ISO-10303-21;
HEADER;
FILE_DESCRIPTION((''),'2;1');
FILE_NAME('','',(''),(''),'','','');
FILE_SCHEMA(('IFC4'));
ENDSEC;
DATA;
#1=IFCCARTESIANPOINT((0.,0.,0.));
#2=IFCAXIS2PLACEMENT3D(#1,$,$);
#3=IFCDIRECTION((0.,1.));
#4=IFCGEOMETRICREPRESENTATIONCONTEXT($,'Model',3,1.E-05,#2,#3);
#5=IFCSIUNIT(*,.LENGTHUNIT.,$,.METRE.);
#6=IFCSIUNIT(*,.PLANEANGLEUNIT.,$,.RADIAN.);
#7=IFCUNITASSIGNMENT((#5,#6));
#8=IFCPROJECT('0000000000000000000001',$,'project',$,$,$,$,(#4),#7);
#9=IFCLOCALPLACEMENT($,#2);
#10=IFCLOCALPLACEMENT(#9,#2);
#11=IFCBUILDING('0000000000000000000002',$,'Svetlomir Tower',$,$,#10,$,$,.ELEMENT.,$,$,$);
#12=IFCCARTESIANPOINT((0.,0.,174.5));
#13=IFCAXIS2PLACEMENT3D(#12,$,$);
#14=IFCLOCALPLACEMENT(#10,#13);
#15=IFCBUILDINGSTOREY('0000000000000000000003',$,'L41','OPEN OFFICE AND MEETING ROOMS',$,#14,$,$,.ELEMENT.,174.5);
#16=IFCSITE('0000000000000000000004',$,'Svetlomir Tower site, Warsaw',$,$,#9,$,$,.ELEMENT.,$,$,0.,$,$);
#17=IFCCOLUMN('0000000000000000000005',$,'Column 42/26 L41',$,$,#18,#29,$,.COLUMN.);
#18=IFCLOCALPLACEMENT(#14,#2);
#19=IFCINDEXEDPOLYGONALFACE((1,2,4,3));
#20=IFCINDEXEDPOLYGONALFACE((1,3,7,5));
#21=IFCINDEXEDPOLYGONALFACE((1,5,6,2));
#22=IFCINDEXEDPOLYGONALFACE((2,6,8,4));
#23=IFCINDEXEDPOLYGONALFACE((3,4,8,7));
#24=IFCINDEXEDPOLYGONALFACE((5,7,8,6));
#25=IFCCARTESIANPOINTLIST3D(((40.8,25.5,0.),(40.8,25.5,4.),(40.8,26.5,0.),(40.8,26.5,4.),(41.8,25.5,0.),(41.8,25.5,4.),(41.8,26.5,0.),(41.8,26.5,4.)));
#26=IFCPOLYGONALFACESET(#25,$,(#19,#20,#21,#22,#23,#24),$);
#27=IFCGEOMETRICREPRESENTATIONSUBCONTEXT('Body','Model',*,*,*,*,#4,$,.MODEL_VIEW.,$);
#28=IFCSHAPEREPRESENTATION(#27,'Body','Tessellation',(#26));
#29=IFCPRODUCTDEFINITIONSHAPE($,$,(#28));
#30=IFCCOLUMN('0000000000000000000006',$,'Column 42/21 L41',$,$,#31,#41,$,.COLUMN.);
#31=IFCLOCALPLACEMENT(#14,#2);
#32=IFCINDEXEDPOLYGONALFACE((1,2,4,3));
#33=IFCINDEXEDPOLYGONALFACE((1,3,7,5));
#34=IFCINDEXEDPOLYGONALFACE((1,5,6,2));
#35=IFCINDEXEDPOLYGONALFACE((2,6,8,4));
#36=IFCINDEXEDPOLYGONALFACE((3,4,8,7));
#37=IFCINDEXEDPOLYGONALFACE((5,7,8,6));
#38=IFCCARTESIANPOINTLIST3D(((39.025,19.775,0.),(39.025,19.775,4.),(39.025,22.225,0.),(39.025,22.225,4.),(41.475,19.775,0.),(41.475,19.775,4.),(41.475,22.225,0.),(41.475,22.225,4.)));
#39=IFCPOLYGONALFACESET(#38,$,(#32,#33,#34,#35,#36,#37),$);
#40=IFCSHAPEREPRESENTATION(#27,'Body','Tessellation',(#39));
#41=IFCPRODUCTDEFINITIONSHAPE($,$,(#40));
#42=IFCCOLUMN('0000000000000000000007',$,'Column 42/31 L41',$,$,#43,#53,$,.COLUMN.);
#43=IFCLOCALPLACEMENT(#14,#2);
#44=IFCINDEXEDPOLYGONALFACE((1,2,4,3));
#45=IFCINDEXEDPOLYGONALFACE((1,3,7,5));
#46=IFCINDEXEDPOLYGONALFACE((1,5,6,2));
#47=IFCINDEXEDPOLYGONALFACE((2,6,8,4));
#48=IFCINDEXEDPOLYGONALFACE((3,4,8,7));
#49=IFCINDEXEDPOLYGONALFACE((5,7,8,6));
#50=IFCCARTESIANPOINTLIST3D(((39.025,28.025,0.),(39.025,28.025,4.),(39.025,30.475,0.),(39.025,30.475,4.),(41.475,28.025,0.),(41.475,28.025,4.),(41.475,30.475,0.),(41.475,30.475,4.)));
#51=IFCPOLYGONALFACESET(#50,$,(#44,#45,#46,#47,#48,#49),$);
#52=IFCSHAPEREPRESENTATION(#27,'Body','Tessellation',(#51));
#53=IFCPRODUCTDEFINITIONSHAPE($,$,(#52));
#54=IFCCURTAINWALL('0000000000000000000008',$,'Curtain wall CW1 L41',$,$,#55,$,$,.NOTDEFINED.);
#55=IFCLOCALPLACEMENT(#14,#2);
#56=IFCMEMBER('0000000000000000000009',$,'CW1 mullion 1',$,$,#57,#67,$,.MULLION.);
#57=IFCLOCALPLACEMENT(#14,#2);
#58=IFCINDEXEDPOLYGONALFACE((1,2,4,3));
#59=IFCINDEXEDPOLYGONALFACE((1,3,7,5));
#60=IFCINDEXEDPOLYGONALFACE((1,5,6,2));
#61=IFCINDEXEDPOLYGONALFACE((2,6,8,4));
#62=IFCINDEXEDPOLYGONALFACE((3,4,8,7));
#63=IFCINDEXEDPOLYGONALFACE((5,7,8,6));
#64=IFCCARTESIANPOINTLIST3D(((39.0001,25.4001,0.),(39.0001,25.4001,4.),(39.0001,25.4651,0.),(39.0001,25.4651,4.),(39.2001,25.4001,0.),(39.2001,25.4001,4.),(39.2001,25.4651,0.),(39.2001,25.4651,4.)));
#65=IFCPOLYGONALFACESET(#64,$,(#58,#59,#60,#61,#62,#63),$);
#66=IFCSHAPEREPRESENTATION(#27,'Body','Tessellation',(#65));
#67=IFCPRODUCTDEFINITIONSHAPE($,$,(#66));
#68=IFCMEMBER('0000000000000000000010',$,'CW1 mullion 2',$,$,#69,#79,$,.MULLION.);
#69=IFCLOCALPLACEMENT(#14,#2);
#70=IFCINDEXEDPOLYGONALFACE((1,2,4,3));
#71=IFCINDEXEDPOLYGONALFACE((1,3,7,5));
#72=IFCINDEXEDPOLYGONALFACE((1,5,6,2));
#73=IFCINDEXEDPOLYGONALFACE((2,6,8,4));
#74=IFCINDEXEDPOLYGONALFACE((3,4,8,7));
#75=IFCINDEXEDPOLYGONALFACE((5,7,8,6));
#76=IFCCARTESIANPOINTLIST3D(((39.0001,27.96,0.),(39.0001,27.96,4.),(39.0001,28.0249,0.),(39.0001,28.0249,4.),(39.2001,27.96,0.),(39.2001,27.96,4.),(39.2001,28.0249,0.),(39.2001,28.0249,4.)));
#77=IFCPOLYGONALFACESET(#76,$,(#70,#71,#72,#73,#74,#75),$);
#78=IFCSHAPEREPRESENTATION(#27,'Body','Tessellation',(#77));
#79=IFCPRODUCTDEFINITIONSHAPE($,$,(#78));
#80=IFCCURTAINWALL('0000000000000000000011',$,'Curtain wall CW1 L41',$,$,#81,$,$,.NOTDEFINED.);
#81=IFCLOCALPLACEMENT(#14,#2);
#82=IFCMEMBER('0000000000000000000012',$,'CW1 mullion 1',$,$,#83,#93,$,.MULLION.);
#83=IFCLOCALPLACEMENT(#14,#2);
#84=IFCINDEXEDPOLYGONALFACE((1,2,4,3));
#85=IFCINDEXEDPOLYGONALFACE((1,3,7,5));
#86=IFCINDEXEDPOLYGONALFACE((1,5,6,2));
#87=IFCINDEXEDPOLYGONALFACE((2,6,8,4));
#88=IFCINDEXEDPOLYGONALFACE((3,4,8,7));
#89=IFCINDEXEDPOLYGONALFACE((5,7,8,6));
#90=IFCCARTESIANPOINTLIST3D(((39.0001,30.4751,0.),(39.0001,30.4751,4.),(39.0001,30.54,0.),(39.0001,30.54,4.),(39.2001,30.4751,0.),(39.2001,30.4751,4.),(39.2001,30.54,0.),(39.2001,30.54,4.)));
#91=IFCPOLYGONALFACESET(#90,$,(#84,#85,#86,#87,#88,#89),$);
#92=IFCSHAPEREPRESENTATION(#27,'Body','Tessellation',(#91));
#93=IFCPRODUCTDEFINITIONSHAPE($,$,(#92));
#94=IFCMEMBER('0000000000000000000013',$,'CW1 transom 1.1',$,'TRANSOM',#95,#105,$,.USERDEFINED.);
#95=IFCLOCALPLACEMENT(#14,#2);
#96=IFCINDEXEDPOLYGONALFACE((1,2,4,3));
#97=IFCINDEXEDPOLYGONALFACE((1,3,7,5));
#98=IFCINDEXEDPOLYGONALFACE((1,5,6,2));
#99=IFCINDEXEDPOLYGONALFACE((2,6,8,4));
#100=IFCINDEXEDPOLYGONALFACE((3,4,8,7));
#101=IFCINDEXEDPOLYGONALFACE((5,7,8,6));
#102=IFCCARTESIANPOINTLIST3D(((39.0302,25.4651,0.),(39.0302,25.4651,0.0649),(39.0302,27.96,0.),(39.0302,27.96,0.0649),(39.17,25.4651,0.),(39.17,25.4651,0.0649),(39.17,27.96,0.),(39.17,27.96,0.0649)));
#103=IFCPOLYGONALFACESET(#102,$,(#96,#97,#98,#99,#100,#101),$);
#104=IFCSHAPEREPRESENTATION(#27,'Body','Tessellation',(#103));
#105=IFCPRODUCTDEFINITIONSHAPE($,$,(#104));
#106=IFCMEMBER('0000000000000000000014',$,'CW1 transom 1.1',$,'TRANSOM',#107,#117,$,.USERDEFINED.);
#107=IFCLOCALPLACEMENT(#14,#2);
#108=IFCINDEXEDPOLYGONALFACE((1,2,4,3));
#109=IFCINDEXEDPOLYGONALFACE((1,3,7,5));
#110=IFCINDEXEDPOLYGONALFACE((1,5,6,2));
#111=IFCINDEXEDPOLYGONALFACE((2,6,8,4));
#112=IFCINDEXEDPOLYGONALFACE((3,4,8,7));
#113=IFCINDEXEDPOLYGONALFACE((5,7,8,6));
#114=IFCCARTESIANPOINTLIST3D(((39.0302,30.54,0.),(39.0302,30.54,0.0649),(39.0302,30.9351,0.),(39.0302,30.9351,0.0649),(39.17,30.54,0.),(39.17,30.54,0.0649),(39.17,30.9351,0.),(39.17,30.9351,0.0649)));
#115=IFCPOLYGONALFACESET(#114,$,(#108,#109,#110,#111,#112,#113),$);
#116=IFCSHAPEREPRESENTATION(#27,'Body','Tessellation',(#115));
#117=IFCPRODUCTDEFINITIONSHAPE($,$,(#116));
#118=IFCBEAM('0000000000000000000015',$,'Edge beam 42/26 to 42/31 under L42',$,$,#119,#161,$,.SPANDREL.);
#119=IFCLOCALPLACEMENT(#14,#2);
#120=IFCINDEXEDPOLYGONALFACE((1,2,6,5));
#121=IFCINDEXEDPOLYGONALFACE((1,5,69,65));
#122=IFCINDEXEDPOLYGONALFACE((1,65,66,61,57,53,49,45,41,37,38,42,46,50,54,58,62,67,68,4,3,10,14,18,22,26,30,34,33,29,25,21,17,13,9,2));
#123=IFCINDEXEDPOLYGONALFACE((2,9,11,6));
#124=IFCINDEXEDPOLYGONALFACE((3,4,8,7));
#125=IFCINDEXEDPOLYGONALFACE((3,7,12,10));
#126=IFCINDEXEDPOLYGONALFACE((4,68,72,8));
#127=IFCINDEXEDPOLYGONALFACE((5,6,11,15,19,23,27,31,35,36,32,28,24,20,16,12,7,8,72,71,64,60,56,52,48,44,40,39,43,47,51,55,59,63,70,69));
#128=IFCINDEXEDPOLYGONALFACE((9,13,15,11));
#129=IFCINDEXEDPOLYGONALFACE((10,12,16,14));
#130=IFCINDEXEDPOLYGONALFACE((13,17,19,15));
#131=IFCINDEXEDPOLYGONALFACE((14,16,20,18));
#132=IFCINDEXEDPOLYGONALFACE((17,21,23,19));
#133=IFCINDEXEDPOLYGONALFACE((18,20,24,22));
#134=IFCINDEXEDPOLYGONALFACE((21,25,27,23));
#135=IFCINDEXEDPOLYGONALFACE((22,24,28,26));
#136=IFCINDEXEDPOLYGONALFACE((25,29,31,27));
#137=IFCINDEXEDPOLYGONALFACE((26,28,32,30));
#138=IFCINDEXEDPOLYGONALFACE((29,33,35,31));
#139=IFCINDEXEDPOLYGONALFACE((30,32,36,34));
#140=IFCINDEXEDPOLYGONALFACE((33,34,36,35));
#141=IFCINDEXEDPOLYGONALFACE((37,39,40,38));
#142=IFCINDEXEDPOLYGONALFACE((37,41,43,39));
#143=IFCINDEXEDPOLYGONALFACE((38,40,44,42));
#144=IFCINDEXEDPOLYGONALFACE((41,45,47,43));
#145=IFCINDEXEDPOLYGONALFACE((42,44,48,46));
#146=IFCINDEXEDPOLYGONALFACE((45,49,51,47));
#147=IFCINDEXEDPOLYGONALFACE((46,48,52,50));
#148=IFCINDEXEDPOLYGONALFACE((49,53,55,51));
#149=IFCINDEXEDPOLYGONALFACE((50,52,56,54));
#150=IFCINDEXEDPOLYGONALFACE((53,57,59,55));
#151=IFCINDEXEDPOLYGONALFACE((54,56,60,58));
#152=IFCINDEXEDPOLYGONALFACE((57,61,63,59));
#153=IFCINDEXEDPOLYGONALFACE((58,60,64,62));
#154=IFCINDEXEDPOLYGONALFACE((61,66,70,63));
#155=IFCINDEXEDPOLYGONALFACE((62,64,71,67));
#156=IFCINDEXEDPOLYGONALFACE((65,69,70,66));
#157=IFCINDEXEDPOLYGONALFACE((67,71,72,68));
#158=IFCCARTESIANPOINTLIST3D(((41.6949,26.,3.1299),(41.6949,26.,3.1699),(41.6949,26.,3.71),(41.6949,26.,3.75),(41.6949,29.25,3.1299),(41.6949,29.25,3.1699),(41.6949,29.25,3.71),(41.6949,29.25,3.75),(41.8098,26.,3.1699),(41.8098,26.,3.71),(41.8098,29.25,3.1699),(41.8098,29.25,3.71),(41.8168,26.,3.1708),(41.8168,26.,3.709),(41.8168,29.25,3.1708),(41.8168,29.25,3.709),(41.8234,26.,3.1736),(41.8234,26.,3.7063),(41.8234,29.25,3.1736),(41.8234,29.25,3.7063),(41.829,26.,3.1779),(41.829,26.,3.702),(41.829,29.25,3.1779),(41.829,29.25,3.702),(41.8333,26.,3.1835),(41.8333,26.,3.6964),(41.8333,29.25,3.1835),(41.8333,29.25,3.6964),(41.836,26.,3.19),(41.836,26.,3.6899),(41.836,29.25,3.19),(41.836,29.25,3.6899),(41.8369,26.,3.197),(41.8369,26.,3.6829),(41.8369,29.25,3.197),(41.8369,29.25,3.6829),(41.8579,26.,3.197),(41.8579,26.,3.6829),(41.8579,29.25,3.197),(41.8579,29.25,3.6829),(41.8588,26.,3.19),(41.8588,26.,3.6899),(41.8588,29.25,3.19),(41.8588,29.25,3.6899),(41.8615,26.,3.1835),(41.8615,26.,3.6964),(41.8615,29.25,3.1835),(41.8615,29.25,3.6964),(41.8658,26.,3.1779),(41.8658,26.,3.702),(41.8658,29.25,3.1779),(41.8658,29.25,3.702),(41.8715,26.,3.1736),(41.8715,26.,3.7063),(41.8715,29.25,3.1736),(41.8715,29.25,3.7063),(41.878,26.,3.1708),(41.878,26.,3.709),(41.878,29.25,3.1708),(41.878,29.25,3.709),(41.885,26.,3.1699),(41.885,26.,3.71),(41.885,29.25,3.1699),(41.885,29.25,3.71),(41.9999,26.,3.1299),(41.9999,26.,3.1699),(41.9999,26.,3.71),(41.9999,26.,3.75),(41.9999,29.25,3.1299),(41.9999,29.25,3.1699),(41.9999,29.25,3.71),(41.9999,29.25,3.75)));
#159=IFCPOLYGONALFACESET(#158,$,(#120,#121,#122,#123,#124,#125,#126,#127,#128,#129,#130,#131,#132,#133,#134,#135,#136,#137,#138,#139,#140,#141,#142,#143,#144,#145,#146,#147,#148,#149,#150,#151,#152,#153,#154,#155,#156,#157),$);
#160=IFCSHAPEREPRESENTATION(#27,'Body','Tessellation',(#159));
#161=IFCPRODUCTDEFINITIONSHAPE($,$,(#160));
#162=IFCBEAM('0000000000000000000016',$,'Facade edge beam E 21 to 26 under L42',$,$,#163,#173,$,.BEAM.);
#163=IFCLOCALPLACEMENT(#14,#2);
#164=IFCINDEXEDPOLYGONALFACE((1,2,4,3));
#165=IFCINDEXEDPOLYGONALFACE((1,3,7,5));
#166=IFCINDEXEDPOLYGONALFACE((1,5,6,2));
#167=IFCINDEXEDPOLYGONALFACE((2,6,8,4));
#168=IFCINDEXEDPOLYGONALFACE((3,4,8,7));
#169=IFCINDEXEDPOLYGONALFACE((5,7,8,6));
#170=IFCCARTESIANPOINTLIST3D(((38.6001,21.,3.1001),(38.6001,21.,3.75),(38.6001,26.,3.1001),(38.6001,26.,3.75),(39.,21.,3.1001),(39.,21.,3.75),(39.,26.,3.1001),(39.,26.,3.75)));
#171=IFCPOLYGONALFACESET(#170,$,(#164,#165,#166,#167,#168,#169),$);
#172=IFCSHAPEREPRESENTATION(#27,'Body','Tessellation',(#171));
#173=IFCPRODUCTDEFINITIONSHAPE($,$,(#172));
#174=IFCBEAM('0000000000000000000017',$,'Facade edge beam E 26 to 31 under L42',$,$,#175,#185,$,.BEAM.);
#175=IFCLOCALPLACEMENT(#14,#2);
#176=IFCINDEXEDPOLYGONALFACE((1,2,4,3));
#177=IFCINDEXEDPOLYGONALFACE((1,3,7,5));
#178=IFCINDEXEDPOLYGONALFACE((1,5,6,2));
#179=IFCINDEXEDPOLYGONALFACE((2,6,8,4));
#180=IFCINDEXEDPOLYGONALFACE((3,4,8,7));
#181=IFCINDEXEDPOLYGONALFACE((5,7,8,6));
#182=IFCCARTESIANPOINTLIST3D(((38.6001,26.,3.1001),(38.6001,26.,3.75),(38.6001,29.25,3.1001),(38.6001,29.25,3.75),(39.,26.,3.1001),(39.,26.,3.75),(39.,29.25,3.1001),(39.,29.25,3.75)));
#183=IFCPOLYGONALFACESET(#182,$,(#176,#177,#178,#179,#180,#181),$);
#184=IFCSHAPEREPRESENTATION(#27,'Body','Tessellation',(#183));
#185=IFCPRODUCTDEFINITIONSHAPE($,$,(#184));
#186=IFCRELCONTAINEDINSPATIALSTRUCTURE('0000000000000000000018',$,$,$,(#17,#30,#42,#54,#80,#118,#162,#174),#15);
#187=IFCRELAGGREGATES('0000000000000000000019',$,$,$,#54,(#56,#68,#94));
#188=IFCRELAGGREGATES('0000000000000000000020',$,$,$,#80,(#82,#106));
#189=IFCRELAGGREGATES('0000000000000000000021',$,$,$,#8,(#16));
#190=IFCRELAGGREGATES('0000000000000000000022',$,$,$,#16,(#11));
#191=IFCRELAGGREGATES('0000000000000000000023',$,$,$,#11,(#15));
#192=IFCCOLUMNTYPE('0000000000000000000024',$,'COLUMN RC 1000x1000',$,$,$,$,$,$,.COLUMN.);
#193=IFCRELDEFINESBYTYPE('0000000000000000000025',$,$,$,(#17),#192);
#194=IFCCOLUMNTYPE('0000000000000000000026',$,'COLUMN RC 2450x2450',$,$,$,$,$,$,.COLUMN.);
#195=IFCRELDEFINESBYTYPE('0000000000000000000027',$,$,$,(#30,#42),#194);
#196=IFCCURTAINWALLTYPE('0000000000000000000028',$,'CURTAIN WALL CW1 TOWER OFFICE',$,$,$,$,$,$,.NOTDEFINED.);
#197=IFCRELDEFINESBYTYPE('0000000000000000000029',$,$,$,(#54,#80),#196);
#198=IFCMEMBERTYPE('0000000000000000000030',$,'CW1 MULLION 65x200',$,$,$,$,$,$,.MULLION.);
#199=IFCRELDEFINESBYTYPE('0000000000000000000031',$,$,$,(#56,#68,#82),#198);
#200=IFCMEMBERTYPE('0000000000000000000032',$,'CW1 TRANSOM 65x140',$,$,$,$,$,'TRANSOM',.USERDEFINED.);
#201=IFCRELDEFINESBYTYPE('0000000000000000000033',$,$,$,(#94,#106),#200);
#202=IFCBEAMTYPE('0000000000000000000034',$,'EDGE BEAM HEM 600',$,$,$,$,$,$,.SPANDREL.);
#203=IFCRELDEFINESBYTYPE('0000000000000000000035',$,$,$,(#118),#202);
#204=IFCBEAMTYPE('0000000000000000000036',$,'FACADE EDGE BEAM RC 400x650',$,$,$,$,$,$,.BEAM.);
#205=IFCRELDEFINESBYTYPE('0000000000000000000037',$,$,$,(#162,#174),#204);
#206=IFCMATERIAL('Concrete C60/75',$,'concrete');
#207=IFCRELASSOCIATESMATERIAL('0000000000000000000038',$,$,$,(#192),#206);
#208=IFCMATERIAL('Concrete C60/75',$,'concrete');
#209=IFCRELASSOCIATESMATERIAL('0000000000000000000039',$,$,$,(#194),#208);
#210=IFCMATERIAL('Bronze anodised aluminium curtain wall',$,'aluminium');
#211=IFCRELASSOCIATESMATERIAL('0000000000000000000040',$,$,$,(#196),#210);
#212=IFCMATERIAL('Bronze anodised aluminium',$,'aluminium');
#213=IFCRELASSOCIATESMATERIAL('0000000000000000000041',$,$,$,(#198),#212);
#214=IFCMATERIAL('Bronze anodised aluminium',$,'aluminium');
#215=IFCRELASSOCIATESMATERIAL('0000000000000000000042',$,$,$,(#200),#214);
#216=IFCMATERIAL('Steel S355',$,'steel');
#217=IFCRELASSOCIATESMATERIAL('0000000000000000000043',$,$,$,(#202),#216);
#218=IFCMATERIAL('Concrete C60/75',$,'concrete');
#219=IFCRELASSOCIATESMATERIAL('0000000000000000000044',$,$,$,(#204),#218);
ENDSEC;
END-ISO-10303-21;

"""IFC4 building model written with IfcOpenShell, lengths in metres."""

from ifc_helpers import new_model, si_unit, direction, frame, origin, origin_2d, place, context, subcontext, project, spatial, rectangle, i_section, extrude, material, material_profile, profile_set, type_object, element, aggregate, save


model = new_model("IFC4")

# Units and contexts
model_context = context("Model", 3, precision=1e-05, world=origin(), true_north=direction((0.0, 1.0)))
body_context = subcontext(model_context, "Body", "Model", "MODEL_VIEW")
ifc_project = project(units=[si_unit("LENGTHUNIT", "METRE"), si_unit("PLANEANGLEUNIT", "RADIAN")], contexts=[model_context])

# Site, building, storey
site_placement = place(None, origin())
site = spatial("IfcSite", under=ifc_project, at=site_placement, Name="Svetlomir Tower site, Warsaw", CompositionType="ELEMENT", RefElevation=0.0)
building_placement = place(site_placement, origin())
building = spatial("IfcBuilding", under=site, at=building_placement, Name="Svetlomir Tower", CompositionType="ELEMENT")
storey_placement = place(building_placement, frame((0.0, 0.0, 174.5)))
storey = spatial("IfcBuildingStorey", under=building, at=storey_placement, Name="L41", Description="OPEN OFFICE AND MEETING ROOMS", CompositionType="ELEMENT", Elevation=174.5)

# Columns
ifc_material_1 = material(Name="Concrete C60/75", Category="concrete")
ifc_material_profile_1 = material_profile(ifc_material_1, rectangle(XDim=1.0, YDim=1.0, at=origin_2d()), Name="RC 1000x1000")
ifc_profile_set_1 = profile_set([ifc_material_profile_1], Name="Concrete C60/75")
column_type_1 = type_object("IfcColumnType", Name="COLUMN RC 1000x1000", PredefinedType="COLUMN", material=ifc_profile_set_1)
column_placement = place(storey_placement, frame((41.3, 26.0, 0.0), z_axis=(0.0, 0.0, 1.0), x_axis=(1.0, 0.0, 0.0)))
element("IfcColumn", 1, at=column_placement, inside=storey, type_object=column_type_1, Name="Column 42/26 L41", PredefinedType="COLUMN", context=body_context, shape_type="SweptSolid", body=[
    extrude(rectangle(XDim=1.0, YDim=1.0, at=origin_2d()), origin(), (0.0, 0.0, 1.0), 4.0),
])
ifc_material_2 = material(Name="Concrete C60/75", Category="concrete")
ifc_material_profile_2 = material_profile(ifc_material_2, rectangle(XDim=2.45, YDim=2.45, at=origin_2d()), Name="RC 2450x2450")
ifc_profile_set_2 = profile_set([ifc_material_profile_2], Name="Concrete C60/75")
column_type_2 = type_object("IfcColumnType", Name="COLUMN RC 2450x2450", PredefinedType="COLUMN", material=ifc_profile_set_2)
for number, where, z_axis, x_axis, name in (
    (2, (40.25, 21.0, 0.0), (0.0, 0.0, 1.0), (1.0, 0.0, 0.0), "Column 42/21 L41"),
    (3, (40.25, 29.25, 0.0), (0.0, 0.0, 1.0), (1.0, 0.0, 0.0), "Column 42/31 L41"),
):
    element("IfcColumn", number, at=place(storey_placement, frame(where, z_axis=z_axis, x_axis=x_axis)), inside=storey, type_object=column_type_2, Name=name, PredefinedType="COLUMN", context=body_context, shape_type="SweptSolid", body=[
        extrude(rectangle(XDim=2.45, YDim=2.45, at=origin_2d()), origin(), (0.0, 0.0, 1.0), 4.0),
    ])

# Curtain wall, members
ifc_material_3 = material(Name="Bronze anodised aluminium curtain wall", Category="aluminium")
curtain_wall_type = type_object("IfcCurtainWallType", Name="CURTAIN WALL CW1 TOWER OFFICE", PredefinedType="NOTDEFINED", material=ifc_material_3)
curtain_wall_1_placement = place(storey_placement, origin())
curtain_wall_1 = element("IfcCurtainWall", 4, at=curtain_wall_1_placement, inside=storey, type_object=curtain_wall_type, Name="Curtain wall CW1 L41", PredefinedType="NOTDEFINED")
ifc_material_4 = material(Name="Bronze anodised aluminium", Category="aluminium")
ifc_material_profile_3 = material_profile(ifc_material_4, rectangle(XDim=0.0649, YDim=0.2, at=origin_2d()), Name="AL 65x200")
ifc_profile_set_3 = profile_set([ifc_material_profile_3], Name="Bronze anodised aluminium 6063-T6")
member_type_1 = type_object("IfcMemberType", Name="CW1 MULLION 65x200", PredefinedType="MULLION", material=ifc_profile_set_3)
member_1_placement = place(storey_placement, frame((39.1001, 25.4326, 0.0), z_axis=(0.0, 0.0, 1.0), x_axis=(0.0, 1.0, 0.0)))
member_1 = element("IfcMember", 5, at=member_1_placement, type_object=member_type_1, Name="CW1 mullion 1", PredefinedType="MULLION", context=body_context, shape_type="SweptSolid", body=[
    extrude(rectangle(XDim=0.0649, YDim=0.2, at=origin_2d()), origin(), (0.0, 0.0, 1.0), 4.0),
])
member_2_placement = place(storey_placement, frame((39.1001, 27.9924, 0.0), z_axis=(0.0, 0.0, 1.0), x_axis=(0.0, 1.0, 0.0)))
member_2 = element("IfcMember", 6, at=member_2_placement, type_object=member_type_1, Name="CW1 mullion 2", PredefinedType="MULLION", context=body_context, shape_type="SweptSolid", body=[
    extrude(rectangle(XDim=0.0649, YDim=0.2, at=origin_2d()), origin(), (0.0, 0.0, 1.0), 4.0),
])

# Curtain wall, member
curtain_wall_2_placement = place(storey_placement, origin())
curtain_wall_2 = element("IfcCurtainWall", 7, at=curtain_wall_2_placement, inside=storey, type_object=curtain_wall_type, Name="Curtain wall CW1 L41", PredefinedType="NOTDEFINED")
member_3_placement = place(storey_placement, frame((39.1001, 30.5076, 0.0), z_axis=(0.0, 0.0, 1.0), x_axis=(0.0, 1.0, 0.0)))
member_3 = element("IfcMember", 8, at=member_3_placement, type_object=member_type_1, Name="CW1 mullion 1", PredefinedType="MULLION", context=body_context, shape_type="SweptSolid", body=[
    extrude(rectangle(XDim=0.0649, YDim=0.2, at=origin_2d()), origin(), (0.0, 0.0, 1.0), 4.0),
])

# Members
ifc_material_5 = material(Name="Bronze anodised aluminium", Category="aluminium")
ifc_material_profile_4 = material_profile(ifc_material_5, rectangle(XDim=0.1399, YDim=0.0649, at=origin_2d()), Name="AL 140x65")
ifc_profile_set_4 = profile_set([ifc_material_profile_4], Name="Bronze anodised aluminium 6063-T6")
member_type_2 = type_object("IfcMemberType", Name="CW1 TRANSOM 65x140", ElementType="TRANSOM", PredefinedType="USERDEFINED", material=ifc_profile_set_4)
member_4_placement = place(storey_placement, frame((39.1001, 25.4651, 0.0325), z_axis=(0.0, 1.0, 0.0), x_axis=(-1.0, 0.0, 0.0)))
member_4 = element("IfcMember", 9, at=member_4_placement, type_object=member_type_2, Name="CW1 transom 1.1", ObjectType="TRANSOM", PredefinedType="USERDEFINED", context=body_context, shape_type="SweptSolid", body=[
    extrude(rectangle(XDim=0.1399, YDim=0.0649, at=origin_2d()), origin(), (0.0, 0.0, 1.0), 2.4949),
])
member_5_placement = place(storey_placement, frame((39.1001, 30.54, 0.0325), z_axis=(0.0, 1.0, 0.0), x_axis=(-1.0, 0.0, 0.0)))
member_5 = element("IfcMember", 10, at=member_5_placement, type_object=member_type_2, Name="CW1 transom 1.1", ObjectType="TRANSOM", PredefinedType="USERDEFINED", context=body_context, shape_type="SweptSolid", body=[
    extrude(rectangle(XDim=0.1399, YDim=0.0649, at=origin_2d()), origin(), (0.0, 0.0, 1.0), 0.395),
])

# Beams
ifc_material_6 = material(Name="Steel S355", Category="steel")
ifc_material_profile_5 = material_profile(ifc_material_6, i_section(OverallWidth=0.3049, OverallDepth=0.6201, WebThickness=0.021, FlangeThickness=0.04, FilletRadius=0.0271, at=origin_2d()), Name="HEM 600")
ifc_profile_set_5 = profile_set([ifc_material_profile_5], Name="Steel S355")
beam_type_1 = type_object("IfcBeamType", Name="EDGE BEAM HEM 600", PredefinedType="SPANDREL", material=ifc_profile_set_5)
beam_1_placement = place(storey_placement, frame((41.8474, 26.0, 3.4399), z_axis=(0.0, 1.0, 0.0), x_axis=(-1.0, 0.0, 0.0)))
element("IfcBeam", 11, at=beam_1_placement, inside=storey, type_object=beam_type_1, Name="Edge beam 42/26 to 42/31 under L42", PredefinedType="SPANDREL", context=body_context, shape_type="SweptSolid", body=[
    extrude(i_section(OverallWidth=0.3049, OverallDepth=0.6201, WebThickness=0.021, FlangeThickness=0.04, FilletRadius=0.0271, at=origin_2d()), origin(), (0.0, 0.0, 1.0), 3.25),
])
ifc_material_7 = material(Name="Concrete C60/75", Category="concrete")
ifc_material_profile_6 = material_profile(ifc_material_7, rectangle(XDim=0.3999, YDim=0.6499, at=origin_2d()), Name="RC 400x650")
ifc_profile_set_6 = profile_set([ifc_material_profile_6], Name="Concrete C60/75")
beam_type_2 = type_object("IfcBeamType", Name="FACADE EDGE BEAM RC 400x650", PredefinedType="BEAM", material=ifc_profile_set_6)
beam_2_placement = place(storey_placement, frame((38.8, 21.0, 3.425), z_axis=(0.0, 1.0, 0.0), x_axis=(-1.0, 0.0, 0.0)))
element("IfcBeam", 12, at=beam_2_placement, inside=storey, type_object=beam_type_2, Name="Facade edge beam E 21 to 26 under L42", PredefinedType="BEAM", context=body_context, shape_type="SweptSolid", body=[
    extrude(rectangle(XDim=0.3999, YDim=0.6499, at=origin_2d()), origin(), (0.0, 0.0, 1.0), 5.0),
])
beam_3_placement = place(storey_placement, frame((38.8, 26.0, 3.425), z_axis=(0.0, 1.0, 0.0), x_axis=(-1.0, 0.0, 0.0)))
element("IfcBeam", 13, at=beam_3_placement, inside=storey, type_object=beam_type_2, Name="Facade edge beam E 26 to 31 under L42", PredefinedType="BEAM", context=body_context, shape_type="SweptSolid", body=[
    extrude(rectangle(XDim=0.3999, YDim=0.6499, at=origin_2d()), origin(), (0.0, 0.0, 1.0), 3.25),
])

aggregate(curtain_wall_1, [member_1, member_2, member_4])
aggregate(curtain_wall_2, [member_3, member_5])

save(model, "model.ifc")
